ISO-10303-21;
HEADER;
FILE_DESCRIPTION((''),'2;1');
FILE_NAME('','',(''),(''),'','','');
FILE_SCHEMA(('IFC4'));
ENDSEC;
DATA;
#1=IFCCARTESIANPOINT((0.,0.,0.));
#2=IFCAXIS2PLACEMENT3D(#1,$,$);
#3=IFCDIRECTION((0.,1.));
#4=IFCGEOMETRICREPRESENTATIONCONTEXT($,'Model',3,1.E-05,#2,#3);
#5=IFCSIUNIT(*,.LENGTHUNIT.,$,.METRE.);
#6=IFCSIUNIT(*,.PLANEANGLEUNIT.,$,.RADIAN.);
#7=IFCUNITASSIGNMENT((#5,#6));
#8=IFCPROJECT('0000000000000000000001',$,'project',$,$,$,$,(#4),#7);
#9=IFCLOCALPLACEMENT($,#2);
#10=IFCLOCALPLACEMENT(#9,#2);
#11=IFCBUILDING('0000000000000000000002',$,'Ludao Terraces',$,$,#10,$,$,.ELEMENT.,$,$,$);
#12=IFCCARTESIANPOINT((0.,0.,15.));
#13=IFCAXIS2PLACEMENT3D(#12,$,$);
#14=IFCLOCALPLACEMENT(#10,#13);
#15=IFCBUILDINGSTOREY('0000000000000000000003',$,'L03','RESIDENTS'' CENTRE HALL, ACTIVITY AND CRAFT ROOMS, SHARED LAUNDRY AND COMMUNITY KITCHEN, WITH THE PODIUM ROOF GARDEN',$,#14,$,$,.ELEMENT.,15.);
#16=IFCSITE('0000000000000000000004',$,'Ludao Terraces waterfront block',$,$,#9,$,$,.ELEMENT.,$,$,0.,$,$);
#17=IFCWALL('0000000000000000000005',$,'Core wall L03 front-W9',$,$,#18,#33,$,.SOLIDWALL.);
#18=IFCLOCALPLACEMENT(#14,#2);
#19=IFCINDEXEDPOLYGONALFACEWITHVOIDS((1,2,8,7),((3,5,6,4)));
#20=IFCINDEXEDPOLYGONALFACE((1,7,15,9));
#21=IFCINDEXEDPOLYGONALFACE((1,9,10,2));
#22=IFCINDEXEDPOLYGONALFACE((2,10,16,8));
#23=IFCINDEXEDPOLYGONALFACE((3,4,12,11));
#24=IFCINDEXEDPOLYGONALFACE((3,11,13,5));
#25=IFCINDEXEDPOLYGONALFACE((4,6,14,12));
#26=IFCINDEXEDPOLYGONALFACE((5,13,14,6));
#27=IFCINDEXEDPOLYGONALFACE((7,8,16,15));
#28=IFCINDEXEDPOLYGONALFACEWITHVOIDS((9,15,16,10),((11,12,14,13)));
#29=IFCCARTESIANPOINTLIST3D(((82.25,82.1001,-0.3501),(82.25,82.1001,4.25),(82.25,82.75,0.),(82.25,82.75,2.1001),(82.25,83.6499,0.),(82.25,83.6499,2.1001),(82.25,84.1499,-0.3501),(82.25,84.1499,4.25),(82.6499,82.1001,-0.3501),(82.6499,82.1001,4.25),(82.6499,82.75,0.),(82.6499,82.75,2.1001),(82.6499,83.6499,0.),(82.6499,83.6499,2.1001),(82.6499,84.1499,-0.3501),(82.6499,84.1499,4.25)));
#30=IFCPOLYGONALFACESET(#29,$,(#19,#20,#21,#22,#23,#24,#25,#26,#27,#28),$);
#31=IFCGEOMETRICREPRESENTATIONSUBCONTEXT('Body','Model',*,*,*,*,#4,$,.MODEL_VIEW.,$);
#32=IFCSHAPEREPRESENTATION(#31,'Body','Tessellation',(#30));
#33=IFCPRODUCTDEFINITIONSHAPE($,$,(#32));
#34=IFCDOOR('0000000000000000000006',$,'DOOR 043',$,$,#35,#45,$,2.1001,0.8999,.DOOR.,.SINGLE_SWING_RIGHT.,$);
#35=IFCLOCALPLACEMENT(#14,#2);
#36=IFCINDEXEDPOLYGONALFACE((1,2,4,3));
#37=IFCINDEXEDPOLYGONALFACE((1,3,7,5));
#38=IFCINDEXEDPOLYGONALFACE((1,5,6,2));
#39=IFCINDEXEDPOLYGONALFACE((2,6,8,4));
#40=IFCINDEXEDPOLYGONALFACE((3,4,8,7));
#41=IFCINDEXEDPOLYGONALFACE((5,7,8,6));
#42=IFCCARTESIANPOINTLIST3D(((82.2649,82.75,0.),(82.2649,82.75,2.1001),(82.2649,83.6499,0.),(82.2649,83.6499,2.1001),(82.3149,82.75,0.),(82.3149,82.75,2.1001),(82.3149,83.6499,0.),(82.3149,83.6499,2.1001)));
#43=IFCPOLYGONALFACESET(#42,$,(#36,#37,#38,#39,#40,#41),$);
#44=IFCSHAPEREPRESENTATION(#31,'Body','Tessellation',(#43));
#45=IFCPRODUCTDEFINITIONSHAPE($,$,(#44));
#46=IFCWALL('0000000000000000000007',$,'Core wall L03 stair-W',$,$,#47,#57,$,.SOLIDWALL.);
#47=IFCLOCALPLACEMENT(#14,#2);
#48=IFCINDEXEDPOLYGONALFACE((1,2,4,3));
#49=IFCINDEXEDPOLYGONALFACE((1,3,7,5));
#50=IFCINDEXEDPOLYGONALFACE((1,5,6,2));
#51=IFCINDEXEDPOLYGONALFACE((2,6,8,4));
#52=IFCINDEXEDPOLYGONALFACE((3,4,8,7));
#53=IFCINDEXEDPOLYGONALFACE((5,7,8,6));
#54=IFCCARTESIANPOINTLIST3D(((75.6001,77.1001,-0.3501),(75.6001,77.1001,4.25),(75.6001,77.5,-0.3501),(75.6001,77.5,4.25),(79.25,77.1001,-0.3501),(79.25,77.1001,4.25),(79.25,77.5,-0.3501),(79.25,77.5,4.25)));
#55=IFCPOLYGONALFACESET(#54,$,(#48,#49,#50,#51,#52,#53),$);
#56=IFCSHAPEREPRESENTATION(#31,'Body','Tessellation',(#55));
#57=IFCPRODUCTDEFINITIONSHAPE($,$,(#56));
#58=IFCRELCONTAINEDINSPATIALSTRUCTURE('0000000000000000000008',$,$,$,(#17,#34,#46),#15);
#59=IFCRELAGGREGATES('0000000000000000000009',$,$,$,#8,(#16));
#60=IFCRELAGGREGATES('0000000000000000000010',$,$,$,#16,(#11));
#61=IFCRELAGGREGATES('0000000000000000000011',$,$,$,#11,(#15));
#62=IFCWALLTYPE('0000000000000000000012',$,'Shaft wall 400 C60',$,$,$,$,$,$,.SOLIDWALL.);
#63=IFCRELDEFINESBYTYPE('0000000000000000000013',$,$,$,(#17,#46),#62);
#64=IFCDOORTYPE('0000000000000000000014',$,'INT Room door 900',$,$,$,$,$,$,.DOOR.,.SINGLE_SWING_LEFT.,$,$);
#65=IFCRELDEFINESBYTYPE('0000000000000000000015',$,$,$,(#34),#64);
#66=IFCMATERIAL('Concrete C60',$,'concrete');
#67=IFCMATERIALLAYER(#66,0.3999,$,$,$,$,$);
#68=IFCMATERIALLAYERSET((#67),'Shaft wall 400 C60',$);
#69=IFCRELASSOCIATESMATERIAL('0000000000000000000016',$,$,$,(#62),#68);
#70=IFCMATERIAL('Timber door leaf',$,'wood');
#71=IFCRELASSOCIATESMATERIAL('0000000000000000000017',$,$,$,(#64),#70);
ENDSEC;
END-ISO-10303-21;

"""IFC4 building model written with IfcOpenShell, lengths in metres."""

from ifc_helpers import new_model, si_unit, direction, frame, frame_2d, origin, place, context, subcontext, project, spatial, rectangle, extrude, material, layer, layer_set, type_object, element, fill, save


model = new_model("IFC4")

# Units and contexts
model_context = context("Model", 3, precision=1e-05, world=origin(), true_north=direction((0.0, 1.0)))
body_context = subcontext(model_context, "Body", "Model", "MODEL_VIEW")
ifc_project = project(units=[si_unit("LENGTHUNIT", "METRE"), si_unit("PLANEANGLEUNIT", "RADIAN")], contexts=[model_context])

# Site, building, storey
site_placement = place(None, origin())
site = spatial("IfcSite", under=ifc_project, at=site_placement, Name="Ludao Terraces waterfront block", CompositionType="ELEMENT", RefElevation=0.0)
building_placement = place(site_placement, origin())
building = spatial("IfcBuilding", under=site, at=building_placement, Name="Ludao Terraces", CompositionType="ELEMENT")
storey_placement = place(building_placement, frame((0.0, 0.0, 15.0)))
storey = spatial("IfcBuildingStorey", under=building, at=storey_placement, Name="L03", Description="RESIDENTS' CENTRE HALL, ACTIVITY AND CRAFT ROOMS, SHARED LAUNDRY AND COMMUNITY KITCHEN, WITH THE PODIUM ROOF GARDEN", CompositionType="ELEMENT", Elevation=15.0)

# Shared definitions
ifc_material_1 = material(Name="Timber door leaf", Category="wood")

# Shared definitions
ifc_material_2 = material(Name="Concrete C60", Category="concrete")
ifc_layer_1 = layer(ifc_material_2, 0.3999)
ifc_layer_set_1 = layer_set([ifc_layer_1], Name="Shaft wall 400 C60")
wall_type_1 = type_object("IfcWallType", Name="Shaft wall 400 C60", PredefinedType="SOLIDWALL", material=ifc_layer_set_1)

# Wall, opening, door
wall_1_placement = place(storey_placement, frame((82.45, 82.1001, -0.3501), z_axis=(0.0, 0.0, 1.0), x_axis=(0.0, 1.0, 0.0)))
wall_1 = element("IfcWall", 1, at=wall_1_placement, inside=storey, type_object=wall_type_1, Name="Core wall L03 front-W9", PredefinedType="SOLIDWALL", context=body_context, shape_type="SweptSolid", body=[
    extrude(rectangle(XDim=2.0498, YDim=0.3999, at=frame_2d((1.0249, 0.0))), origin(), (0.0, 0.0, 1.0), 4.6001),
])
opening_1_placement = place(wall_1_placement, frame((0.6499, 0.0, 0.3501)))
opening_1 = element("IfcOpeningElement", 2, at=opening_1_placement, cuts=wall_1, PredefinedType="OPENING", context=body_context, shape_type="SweptSolid", body=[
    extrude(rectangle(XDim=0.8999, YDim=2.1001, at=frame_2d((0.45, 1.05))), frame((0.0, 0.21, 0.0), z_axis=(0.0, -1.0, 0.0), x_axis=(1.0, 0.0, 0.0)), (0.0, 0.0, 1.0), 0.4199),
])
door_type_1 = type_object("IfcDoorType", Name="INT Room door 900", OperationType="SINGLE_SWING_LEFT", PredefinedType="DOOR", material=ifc_material_1)
door_1_placement = place(opening_1_placement, origin())
door_1 = element("IfcDoor", 3, at=door_1_placement, inside=storey, type_object=door_type_1, Name="DOOR 043", OperationType="SINGLE_SWING_RIGHT", OverallHeight=2.1001, OverallWidth=0.8999, PredefinedType="DOOR", context=body_context, shape_type="SweptSolid", body=[
    extrude(rectangle(XDim=0.8999, YDim=2.1001, at=frame_2d((0.45, 1.05))), frame((0.0, 0.1851, 0.0), z_axis=(0.0, -1.0, 0.0), x_axis=(1.0, 0.0, 0.0)), (0.0, 0.0, 1.0), 0.05),
])
fill(opening_1, door_1)

# Wall
wall_2_placement = place(storey_placement, frame((75.6001, 77.3, -0.3501), z_axis=(0.0, 0.0, 1.0), x_axis=(1.0, 0.0, 0.0)))
element("IfcWall", 4, at=wall_2_placement, inside=storey, type_object=wall_type_1, Name="Core wall L03 stair-W", PredefinedType="SOLIDWALL", context=body_context, shape_type="SweptSolid", body=[
    extrude(rectangle(XDim=3.6499, YDim=0.3999, at=frame_2d((1.825, 0.0))), origin(), (0.0, 0.0, 1.0), 4.6001),
])

save(model, "model.ifc")
